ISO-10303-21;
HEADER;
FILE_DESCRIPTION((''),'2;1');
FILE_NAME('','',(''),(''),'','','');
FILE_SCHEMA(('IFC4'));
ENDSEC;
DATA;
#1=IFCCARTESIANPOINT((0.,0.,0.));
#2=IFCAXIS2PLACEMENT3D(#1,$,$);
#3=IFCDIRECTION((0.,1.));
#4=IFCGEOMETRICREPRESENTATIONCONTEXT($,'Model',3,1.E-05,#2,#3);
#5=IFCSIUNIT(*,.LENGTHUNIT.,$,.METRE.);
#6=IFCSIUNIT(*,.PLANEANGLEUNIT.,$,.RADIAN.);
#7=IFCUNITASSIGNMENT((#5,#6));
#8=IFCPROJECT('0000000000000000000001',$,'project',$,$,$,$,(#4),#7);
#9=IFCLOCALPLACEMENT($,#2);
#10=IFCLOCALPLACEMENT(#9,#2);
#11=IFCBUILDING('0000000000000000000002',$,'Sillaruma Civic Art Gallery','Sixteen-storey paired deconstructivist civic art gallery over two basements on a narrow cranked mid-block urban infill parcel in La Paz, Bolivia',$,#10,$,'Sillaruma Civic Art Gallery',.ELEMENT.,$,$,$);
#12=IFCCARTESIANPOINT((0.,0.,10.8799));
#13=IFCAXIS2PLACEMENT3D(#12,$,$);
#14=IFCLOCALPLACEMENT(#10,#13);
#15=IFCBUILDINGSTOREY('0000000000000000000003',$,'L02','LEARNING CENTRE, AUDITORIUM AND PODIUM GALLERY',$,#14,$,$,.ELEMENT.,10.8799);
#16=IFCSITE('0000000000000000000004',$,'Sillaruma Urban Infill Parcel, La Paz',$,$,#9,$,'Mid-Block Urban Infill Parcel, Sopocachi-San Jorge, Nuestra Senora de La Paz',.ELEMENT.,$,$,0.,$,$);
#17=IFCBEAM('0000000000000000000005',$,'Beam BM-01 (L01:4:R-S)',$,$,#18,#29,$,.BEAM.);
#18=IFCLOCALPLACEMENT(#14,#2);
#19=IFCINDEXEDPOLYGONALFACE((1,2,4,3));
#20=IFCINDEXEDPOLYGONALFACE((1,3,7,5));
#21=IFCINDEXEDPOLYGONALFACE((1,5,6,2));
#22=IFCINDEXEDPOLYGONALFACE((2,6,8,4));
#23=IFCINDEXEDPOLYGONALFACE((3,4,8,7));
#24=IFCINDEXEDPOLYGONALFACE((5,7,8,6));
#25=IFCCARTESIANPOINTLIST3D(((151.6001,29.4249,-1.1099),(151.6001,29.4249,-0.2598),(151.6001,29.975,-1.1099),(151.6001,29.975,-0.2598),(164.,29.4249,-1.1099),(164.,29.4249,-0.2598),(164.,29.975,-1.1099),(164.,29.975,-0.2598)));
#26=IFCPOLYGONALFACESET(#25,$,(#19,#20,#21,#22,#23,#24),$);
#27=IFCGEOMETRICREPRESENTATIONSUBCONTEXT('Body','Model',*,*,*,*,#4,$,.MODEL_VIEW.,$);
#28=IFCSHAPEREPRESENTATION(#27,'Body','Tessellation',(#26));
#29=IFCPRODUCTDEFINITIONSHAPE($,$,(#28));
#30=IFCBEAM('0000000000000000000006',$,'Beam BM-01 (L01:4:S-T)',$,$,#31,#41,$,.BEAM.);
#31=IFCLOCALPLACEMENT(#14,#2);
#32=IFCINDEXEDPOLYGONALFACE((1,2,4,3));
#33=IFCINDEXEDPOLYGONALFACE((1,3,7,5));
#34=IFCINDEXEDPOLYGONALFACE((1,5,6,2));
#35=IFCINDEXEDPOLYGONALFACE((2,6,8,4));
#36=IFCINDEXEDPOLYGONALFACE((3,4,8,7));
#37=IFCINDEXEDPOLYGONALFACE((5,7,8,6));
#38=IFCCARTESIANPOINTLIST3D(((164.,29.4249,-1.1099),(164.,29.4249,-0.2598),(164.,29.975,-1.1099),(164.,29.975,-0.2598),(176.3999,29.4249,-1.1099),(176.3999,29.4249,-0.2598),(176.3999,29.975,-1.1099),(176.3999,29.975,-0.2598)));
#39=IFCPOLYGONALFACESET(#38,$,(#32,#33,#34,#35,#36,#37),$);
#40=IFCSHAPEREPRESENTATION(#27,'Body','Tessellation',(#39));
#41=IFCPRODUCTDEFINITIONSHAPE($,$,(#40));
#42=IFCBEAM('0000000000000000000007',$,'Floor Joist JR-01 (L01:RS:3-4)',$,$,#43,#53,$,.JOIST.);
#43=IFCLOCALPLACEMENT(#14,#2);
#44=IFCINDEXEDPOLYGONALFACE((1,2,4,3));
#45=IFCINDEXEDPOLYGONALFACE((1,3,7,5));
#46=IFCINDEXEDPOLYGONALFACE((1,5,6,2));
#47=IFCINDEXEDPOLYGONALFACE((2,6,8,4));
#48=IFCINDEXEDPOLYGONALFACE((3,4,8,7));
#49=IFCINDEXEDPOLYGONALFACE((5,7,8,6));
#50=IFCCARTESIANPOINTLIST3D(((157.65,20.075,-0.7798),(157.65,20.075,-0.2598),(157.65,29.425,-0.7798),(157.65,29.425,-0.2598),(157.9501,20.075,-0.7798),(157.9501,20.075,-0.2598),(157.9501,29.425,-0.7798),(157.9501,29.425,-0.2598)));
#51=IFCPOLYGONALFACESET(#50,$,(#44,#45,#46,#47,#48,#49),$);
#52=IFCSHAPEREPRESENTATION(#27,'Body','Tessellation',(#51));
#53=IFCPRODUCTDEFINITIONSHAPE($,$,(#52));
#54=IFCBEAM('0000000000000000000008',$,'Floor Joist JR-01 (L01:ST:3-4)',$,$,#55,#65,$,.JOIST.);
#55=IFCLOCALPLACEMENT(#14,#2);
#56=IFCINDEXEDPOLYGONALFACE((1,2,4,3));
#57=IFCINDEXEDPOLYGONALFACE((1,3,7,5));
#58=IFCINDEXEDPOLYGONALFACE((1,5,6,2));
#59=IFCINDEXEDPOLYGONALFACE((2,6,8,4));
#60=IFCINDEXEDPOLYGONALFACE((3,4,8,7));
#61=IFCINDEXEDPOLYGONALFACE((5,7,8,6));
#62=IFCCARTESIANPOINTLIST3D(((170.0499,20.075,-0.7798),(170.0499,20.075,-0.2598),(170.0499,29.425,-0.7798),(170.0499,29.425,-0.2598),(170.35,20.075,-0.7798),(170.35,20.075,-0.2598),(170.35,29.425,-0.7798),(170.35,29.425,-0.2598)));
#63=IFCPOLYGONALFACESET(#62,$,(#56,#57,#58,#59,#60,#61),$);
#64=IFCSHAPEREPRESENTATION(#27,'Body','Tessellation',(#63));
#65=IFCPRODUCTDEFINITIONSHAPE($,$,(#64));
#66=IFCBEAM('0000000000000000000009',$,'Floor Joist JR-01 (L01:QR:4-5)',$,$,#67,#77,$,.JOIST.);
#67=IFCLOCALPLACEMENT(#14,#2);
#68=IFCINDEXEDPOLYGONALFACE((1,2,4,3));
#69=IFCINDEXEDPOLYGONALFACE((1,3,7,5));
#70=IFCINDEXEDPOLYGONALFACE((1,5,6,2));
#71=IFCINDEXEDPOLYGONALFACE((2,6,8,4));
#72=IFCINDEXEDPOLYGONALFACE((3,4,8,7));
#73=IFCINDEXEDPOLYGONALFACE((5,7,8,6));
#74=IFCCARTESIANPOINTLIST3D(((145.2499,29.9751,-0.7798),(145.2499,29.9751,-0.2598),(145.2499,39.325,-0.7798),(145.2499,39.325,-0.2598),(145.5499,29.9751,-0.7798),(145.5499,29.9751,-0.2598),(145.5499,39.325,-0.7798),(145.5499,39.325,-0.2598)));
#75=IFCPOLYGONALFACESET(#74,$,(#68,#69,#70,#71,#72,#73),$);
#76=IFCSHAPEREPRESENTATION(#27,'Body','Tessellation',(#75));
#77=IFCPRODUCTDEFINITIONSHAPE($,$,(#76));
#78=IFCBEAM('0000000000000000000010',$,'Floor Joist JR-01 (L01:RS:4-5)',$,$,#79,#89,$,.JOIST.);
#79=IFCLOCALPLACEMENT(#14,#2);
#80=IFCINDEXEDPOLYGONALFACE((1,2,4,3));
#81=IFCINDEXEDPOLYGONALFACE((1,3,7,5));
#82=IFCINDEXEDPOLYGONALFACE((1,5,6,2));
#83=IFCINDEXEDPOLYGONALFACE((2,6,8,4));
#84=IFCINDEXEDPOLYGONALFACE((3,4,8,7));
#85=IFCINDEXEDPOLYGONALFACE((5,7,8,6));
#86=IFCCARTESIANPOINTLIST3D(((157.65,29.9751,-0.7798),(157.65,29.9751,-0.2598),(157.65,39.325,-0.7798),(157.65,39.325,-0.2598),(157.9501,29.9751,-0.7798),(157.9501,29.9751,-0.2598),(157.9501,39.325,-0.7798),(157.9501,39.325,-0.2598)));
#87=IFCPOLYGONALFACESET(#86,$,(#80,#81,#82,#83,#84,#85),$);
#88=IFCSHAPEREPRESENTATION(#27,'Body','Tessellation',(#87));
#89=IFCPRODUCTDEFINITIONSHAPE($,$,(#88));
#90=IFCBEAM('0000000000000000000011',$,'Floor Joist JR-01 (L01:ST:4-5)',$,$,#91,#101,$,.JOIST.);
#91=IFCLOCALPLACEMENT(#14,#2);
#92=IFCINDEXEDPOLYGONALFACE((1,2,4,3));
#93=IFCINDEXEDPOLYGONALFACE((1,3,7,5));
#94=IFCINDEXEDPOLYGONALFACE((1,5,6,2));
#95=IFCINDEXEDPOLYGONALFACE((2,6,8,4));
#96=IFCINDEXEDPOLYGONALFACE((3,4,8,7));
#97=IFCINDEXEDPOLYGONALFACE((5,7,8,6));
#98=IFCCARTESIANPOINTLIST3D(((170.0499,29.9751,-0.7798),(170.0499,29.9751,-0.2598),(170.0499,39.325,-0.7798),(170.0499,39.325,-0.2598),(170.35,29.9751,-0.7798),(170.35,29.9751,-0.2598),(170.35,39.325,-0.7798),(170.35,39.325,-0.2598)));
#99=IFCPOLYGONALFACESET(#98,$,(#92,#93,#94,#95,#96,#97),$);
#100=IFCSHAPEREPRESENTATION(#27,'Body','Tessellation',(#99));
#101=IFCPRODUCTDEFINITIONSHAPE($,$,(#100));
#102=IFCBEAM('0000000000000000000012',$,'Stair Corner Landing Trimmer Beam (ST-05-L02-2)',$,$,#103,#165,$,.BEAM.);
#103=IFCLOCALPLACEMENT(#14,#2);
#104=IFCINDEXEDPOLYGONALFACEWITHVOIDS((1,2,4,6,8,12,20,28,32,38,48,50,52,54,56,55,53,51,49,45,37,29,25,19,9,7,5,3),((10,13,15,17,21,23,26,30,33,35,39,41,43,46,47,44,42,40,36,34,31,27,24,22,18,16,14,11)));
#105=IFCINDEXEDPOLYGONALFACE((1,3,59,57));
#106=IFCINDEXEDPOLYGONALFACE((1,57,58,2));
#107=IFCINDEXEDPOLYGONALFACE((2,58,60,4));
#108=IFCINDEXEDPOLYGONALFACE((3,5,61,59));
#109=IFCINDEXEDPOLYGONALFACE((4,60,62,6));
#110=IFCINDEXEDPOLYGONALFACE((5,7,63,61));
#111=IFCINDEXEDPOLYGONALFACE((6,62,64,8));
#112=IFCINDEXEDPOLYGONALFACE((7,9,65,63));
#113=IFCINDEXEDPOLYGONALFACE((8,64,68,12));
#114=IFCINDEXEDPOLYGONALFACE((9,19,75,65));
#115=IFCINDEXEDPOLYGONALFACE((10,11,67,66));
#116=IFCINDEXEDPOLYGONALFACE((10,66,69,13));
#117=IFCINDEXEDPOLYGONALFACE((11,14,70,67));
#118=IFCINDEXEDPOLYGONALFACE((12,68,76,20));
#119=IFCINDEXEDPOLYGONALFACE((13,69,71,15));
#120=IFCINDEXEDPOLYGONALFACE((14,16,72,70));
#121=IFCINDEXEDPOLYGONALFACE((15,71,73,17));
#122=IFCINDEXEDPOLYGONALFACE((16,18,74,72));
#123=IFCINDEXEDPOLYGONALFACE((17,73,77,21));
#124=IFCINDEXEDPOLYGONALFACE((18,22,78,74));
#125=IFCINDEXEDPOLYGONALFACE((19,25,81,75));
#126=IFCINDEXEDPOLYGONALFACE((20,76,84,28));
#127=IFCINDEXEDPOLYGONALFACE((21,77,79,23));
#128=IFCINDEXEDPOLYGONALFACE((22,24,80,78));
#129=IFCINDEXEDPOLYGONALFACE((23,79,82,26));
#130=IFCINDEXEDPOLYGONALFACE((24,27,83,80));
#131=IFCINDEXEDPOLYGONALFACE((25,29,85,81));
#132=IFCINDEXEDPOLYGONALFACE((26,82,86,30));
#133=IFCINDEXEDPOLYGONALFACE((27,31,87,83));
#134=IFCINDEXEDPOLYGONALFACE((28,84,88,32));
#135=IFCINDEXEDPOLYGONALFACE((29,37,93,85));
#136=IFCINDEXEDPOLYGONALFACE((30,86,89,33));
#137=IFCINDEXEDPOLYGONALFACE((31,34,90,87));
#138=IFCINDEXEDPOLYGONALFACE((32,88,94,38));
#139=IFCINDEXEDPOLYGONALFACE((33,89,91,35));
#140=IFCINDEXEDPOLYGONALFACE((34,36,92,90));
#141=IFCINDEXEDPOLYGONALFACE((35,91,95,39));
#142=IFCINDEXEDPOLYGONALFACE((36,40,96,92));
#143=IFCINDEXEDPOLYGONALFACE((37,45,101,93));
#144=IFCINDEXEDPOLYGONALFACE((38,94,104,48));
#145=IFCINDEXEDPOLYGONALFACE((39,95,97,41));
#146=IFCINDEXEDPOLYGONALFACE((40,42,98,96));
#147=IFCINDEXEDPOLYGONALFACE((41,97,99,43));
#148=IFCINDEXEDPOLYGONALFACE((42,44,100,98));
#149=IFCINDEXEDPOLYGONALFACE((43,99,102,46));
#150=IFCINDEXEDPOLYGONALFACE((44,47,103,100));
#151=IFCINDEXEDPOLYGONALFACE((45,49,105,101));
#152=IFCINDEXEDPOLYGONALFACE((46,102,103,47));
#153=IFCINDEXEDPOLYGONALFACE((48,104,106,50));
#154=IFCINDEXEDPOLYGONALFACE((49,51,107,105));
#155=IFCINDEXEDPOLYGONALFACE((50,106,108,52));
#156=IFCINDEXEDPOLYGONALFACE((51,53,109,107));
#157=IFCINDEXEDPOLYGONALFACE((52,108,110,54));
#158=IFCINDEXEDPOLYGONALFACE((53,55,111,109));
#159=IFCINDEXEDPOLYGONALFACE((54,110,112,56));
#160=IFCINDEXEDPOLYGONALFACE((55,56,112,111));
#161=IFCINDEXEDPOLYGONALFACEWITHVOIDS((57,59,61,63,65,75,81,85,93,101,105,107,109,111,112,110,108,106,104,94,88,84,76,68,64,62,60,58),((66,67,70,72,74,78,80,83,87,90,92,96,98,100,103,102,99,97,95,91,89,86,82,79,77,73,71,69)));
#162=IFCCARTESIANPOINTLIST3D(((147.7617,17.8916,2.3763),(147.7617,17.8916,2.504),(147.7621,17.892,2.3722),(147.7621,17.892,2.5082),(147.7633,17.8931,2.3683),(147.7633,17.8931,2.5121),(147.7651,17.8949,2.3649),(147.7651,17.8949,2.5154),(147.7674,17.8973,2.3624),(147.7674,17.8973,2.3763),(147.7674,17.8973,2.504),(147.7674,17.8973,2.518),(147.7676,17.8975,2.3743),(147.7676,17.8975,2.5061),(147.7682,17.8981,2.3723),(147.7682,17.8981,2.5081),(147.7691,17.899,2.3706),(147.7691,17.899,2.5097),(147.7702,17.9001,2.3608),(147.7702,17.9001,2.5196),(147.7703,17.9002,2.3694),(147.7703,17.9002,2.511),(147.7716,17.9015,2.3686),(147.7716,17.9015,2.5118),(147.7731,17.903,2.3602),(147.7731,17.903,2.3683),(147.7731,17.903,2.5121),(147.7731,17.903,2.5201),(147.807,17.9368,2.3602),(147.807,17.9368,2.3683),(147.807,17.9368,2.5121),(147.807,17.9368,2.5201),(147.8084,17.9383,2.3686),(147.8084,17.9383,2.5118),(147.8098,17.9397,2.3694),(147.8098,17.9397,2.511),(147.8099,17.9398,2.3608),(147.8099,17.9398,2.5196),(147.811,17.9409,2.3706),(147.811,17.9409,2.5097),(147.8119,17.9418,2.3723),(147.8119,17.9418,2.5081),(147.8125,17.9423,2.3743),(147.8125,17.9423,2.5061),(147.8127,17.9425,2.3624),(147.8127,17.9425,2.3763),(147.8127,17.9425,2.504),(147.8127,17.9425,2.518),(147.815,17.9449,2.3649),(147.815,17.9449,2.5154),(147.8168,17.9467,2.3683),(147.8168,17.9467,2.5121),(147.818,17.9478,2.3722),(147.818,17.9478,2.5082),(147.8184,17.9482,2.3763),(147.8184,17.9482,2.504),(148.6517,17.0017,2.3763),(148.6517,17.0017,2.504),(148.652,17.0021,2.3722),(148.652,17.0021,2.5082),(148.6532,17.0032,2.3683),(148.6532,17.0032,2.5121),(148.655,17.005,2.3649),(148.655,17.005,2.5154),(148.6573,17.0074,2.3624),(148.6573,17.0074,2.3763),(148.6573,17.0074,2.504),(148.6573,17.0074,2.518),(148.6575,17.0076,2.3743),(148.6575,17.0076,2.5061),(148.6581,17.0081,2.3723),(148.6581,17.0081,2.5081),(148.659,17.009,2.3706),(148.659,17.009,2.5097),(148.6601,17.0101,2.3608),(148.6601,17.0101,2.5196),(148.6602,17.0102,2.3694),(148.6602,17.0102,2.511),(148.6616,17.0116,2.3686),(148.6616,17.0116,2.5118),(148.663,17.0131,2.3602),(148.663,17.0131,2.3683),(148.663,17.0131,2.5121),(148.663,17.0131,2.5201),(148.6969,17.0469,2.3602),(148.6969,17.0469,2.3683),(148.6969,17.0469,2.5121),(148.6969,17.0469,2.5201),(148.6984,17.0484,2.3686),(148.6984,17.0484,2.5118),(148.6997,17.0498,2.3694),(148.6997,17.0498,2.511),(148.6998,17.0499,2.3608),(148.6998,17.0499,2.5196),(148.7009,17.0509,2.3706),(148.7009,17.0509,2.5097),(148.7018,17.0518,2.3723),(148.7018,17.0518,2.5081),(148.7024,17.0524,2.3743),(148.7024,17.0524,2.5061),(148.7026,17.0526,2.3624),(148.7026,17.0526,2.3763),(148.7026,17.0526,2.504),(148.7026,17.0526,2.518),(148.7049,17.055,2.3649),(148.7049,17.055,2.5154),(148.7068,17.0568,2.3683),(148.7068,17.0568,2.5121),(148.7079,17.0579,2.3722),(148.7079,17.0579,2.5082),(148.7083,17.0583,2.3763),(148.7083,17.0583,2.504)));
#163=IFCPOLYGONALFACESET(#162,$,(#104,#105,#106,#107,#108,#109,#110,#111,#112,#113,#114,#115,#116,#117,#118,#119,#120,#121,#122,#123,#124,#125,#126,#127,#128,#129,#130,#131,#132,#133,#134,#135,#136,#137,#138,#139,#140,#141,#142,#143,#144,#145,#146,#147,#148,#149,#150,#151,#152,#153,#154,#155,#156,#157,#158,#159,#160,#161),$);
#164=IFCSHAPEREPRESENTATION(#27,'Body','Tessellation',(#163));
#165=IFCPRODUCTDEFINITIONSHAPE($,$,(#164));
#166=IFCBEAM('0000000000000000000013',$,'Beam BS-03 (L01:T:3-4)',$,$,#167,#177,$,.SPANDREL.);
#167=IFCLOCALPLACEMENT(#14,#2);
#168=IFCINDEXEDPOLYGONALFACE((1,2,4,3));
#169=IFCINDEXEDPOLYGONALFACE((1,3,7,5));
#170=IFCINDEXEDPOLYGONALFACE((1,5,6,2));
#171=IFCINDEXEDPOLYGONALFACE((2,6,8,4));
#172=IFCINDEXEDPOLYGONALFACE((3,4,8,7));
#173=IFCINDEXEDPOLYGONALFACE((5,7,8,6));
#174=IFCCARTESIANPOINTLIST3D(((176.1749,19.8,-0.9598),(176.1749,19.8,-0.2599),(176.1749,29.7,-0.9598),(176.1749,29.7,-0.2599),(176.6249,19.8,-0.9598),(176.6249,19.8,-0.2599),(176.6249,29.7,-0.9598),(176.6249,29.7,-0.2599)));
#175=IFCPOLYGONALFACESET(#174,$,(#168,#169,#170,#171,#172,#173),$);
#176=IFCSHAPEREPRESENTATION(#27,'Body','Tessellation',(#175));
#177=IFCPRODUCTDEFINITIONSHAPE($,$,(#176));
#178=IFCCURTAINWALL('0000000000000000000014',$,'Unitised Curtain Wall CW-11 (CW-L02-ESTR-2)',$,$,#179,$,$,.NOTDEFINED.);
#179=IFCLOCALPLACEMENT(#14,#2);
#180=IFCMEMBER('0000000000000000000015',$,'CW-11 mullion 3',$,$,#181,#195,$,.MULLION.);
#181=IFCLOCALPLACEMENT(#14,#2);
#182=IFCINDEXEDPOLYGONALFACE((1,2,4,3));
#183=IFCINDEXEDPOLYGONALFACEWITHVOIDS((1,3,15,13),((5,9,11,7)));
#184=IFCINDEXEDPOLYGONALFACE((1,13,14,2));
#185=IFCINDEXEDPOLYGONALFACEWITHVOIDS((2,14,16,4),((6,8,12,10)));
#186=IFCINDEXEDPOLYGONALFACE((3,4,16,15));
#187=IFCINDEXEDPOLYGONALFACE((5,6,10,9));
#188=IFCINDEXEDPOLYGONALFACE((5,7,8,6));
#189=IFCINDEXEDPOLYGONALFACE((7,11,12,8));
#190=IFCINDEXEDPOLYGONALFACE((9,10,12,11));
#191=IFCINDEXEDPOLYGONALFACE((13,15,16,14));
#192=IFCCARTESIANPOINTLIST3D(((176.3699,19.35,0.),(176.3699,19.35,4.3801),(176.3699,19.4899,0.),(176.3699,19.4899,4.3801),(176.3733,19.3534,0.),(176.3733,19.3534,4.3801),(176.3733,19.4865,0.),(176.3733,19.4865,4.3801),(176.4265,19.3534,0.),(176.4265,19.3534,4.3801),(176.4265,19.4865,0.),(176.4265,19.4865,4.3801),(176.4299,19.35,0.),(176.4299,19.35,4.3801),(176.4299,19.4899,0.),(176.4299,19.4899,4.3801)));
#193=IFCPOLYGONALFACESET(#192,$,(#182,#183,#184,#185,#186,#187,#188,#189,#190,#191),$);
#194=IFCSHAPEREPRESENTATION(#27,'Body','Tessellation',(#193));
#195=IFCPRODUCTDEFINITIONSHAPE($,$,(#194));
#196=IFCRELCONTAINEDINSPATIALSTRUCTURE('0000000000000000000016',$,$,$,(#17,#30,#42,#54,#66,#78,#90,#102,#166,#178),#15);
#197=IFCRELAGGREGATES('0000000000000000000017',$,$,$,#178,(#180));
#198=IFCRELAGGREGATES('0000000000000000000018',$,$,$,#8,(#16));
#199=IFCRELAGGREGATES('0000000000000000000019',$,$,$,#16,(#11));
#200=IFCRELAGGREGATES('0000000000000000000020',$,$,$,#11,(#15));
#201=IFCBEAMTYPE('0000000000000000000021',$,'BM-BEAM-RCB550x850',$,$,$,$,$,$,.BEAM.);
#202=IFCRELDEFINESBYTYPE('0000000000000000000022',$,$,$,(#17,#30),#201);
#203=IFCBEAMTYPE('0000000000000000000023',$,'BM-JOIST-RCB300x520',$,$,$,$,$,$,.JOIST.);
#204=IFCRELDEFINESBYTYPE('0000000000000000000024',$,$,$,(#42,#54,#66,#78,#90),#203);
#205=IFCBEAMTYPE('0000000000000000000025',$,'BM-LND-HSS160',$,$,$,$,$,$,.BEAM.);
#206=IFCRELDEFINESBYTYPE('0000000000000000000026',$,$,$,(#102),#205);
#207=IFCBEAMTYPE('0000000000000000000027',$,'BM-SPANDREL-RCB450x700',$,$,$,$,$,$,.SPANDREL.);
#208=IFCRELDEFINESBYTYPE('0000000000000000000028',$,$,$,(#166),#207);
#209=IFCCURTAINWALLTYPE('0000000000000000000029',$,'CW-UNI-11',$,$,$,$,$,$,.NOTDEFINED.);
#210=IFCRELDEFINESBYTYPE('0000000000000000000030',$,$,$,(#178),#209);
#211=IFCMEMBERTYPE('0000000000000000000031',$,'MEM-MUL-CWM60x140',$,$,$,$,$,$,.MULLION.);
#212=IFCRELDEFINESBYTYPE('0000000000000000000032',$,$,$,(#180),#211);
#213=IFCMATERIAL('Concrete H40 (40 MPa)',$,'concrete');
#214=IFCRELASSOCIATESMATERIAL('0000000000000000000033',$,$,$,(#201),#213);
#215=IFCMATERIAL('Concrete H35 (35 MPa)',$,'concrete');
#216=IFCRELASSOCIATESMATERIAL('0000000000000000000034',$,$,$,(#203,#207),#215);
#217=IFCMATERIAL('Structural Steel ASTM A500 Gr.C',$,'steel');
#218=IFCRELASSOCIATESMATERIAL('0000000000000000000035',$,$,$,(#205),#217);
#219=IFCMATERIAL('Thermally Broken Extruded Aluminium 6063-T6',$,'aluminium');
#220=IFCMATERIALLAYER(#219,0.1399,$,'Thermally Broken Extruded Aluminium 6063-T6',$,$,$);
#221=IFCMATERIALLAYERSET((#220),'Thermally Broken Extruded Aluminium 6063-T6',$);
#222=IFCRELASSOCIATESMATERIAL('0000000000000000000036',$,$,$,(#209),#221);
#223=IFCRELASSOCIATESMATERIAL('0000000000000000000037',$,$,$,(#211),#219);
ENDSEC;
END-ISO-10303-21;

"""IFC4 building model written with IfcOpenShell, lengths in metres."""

from ifc_helpers import new_model, si_unit, direction, frame, origin, origin_2d, place, context, subcontext, project, spatial, rectangle, hollow_rectangle, extrude, material, layer, layer_set, material_profile, profile_set, type_object, element, aggregate, save


model = new_model("IFC4")

# Units and contexts
model_context = context("Model", 3, precision=1e-05, world=origin(), true_north=direction((0.0, 1.0)))
body_context = subcontext(model_context, "Body", "Model", "MODEL_VIEW")
ifc_project = project(units=[si_unit("LENGTHUNIT", "METRE"), si_unit("PLANEANGLEUNIT", "RADIAN")], contexts=[model_context])

# Site, building, storey
site_placement = place(None, origin())
site = spatial("IfcSite", under=ifc_project, at=site_placement, Name="Sillaruma Urban Infill Parcel, La Paz", LongName="Mid-Block Urban Infill Parcel, Sopocachi-San Jorge, Nuestra Senora de La Paz", CompositionType="ELEMENT", RefElevation=0.0)
building_placement = place(site_placement, origin())
building = spatial("IfcBuilding", under=site, at=building_placement, Name="Sillaruma Civic Art Gallery", Description="Sixteen-storey paired deconstructivist civic art gallery over two basements on a narrow cranked mid-block urban infill parcel in La Paz, Bolivia", LongName="Sillaruma Civic Art Gallery", CompositionType="ELEMENT")
storey_placement = place(building_placement, frame((0.0, 0.0, 10.8799)))
storey = spatial("IfcBuildingStorey", under=building, at=storey_placement, Name="L02", Description="LEARNING CENTRE, AUDITORIUM AND PODIUM GALLERY", CompositionType="ELEMENT", Elevation=10.8799)

# Shared definitions
ifc_material_1 = material(Name="Concrete H40 (40 MPa)", Category="concrete")

# Beams
ifc_material_profile_1 = material_profile(ifc_material_1, rectangle(XDim=0.55, YDim=0.8501, at=origin_2d()), Name="RCB550x850")
ifc_profile_set_1 = profile_set([ifc_material_profile_1], Name="Concrete H40 (40 MPa)")
beam_type_1 = type_object("IfcBeamType", Name="BM-BEAM-RCB550x850", PredefinedType="BEAM", material=ifc_profile_set_1)
for number, where, z_axis, x_axis, name in (
    (1, (151.6001, 29.7, -0.6848), (1.0, 0.0, 0.0), (0.0, 1.0, 0.0), "Beam BM-01 (L01:4:R-S)"),
    (2, (164.0, 29.7, -0.6848), (1.0, 0.0, 0.0), (0.0, 1.0, 0.0), "Beam BM-01 (L01:4:S-T)"),
):
    element("IfcBeam", number, at=place(storey_placement, frame(where, z_axis=z_axis, x_axis=x_axis)), inside=storey, type_object=beam_type_1, Name=name, PredefinedType="BEAM", context=body_context, shape_type="SweptSolid", body=[
        extrude(rectangle(XDim=0.55, YDim=0.8501, at=origin_2d()), origin(), (0.0, 0.0, 1.0), 12.3999),
    ])
ifc_material_2 = material(Name="Concrete H35 (35 MPa)", Category="concrete")
ifc_material_profile_2 = material_profile(ifc_material_2, rectangle(XDim=0.3, YDim=0.52, at=origin_2d()), Name="RCB300x520")
ifc_profile_set_2 = profile_set([ifc_material_profile_2], Name="Concrete H35 (35 MPa)")
beam_type_2 = type_object("IfcBeamType", Name="BM-JOIST-RCB300x520", PredefinedType="JOIST", material=ifc_profile_set_2)
for number, where, z_axis, x_axis, name in (
    (3, (157.8, 20.075, -0.5198), (0.0, 1.0, 0.0), (-1.0, 0.0, 0.0), "Floor Joist JR-01 (L01:RS:3-4)"),
    (4, (170.2, 20.075, -0.5198), (0.0, 1.0, 0.0), (-1.0, 0.0, 0.0), "Floor Joist JR-01 (L01:ST:3-4)"),
):
    element("IfcBeam", number, at=place(storey_placement, frame(where, z_axis=z_axis, x_axis=x_axis)), inside=storey, type_object=beam_type_2, Name=name, PredefinedType="JOIST", context=body_context, shape_type="SweptSolid", body=[
        extrude(rectangle(XDim=0.3, YDim=0.52, at=origin_2d()), origin(), (0.0, 0.0, 1.0), 9.3501),
    ])
for number, where, z_axis, x_axis, name in (
    (5, (145.3999, 29.9751, -0.5198), (0.0, 1.0, 0.0), (-1.0, 0.0, 0.0), "Floor Joist JR-01 (L01:QR:4-5)"),
    (6, (157.8, 29.9751, -0.5198), (0.0, 1.0, 0.0), (-1.0, 0.0, 0.0), "Floor Joist JR-01 (L01:RS:4-5)"),
    (7, (170.2, 29.9751, -0.5198), (0.0, 1.0, 0.0), (-1.0, 0.0, 0.0), "Floor Joist JR-01 (L01:ST:4-5)"),
):
    element("IfcBeam", number, at=place(storey_placement, frame(where, z_axis=z_axis, x_axis=x_axis)), inside=storey, type_object=beam_type_2, Name=name, PredefinedType="JOIST", context=body_context, shape_type="SweptSolid", body=[
        extrude(rectangle(XDim=0.3, YDim=0.52, at=origin_2d()), origin(), (0.0, 0.0, 1.0), 9.3499),
    ])
ifc_material_3 = material(Name="Structural Steel ASTM A500 Gr.C", Category="steel")
ifc_material_profile_3 = material_profile(ifc_material_3, hollow_rectangle(XDim=0.0801, YDim=0.1599, WallThickness=0.0081, InnerFilletRadius=0.0081, OuterFilletRadius=0.0161, at=origin_2d()), Name="HSS160x80x8")
ifc_profile_set_3 = profile_set([ifc_material_profile_3], Name="Structural Steel ASTM A500 Gr.C")
beam_type_3 = type_object("IfcBeamType", Name="BM-LND-HSS160", PredefinedType="BEAM", material=ifc_profile_set_3)
beam_1_placement = place(storey_placement, frame((147.79, 17.9199, 2.4402), z_axis=(0.707107, -0.707107, 0.0), x_axis=(0.707107, 0.707107, 0.0)))
element("IfcBeam", 8, at=beam_1_placement, inside=storey, type_object=beam_type_3, Name="Stair Corner Landing Trimmer Beam (ST-05-L02-2)", PredefinedType="BEAM", context=body_context, shape_type="SweptSolid", body=[
    extrude(hollow_rectangle(XDim=0.0801, YDim=0.1599, WallThickness=0.0081, InnerFilletRadius=0.0081, OuterFilletRadius=0.0161, at=origin_2d()), origin(), (0.0, 0.0, 1.0), 1.2585),
])
ifc_material_profile_4 = material_profile(ifc_material_2, rectangle(XDim=0.45, YDim=0.7, at=origin_2d()), Name="RCB450x700")
ifc_profile_set_4 = profile_set([ifc_material_profile_4], Name="Concrete H35 (35 MPa)")
beam_type_4 = type_object("IfcBeamType", Name="BM-SPANDREL-RCB450x700", PredefinedType="SPANDREL", material=ifc_profile_set_4)
beam_2_placement = place(storey_placement, frame((176.3999, 19.8, -0.6099), z_axis=(0.0, 1.0, 0.0), x_axis=(-1.0, 0.0, 0.0)))
element("IfcBeam", 9, at=beam_2_placement, inside=storey, type_object=beam_type_4, Name="Beam BS-03 (L01:T:3-4)", PredefinedType="SPANDREL", context=body_context, shape_type="SweptSolid", body=[
    extrude(rectangle(XDim=0.45, YDim=0.7, at=origin_2d()), origin(), (0.0, 0.0, 1.0), 9.8999),
])

# Curtain wall, member
ifc_material_4 = material(Name="Thermally Broken Extruded Aluminium 6063-T6", Category="aluminium")
ifc_layer_1 = layer(ifc_material_4, 0.1399, Name="Thermally Broken Extruded Aluminium 6063-T6")
ifc_layer_set_1 = layer_set([ifc_layer_1], Name="Thermally Broken Extruded Aluminium 6063-T6")
curtain_wall_type_1 = type_object("IfcCurtainWallType", Name="CW-UNI-11", PredefinedType="NOTDEFINED", material=ifc_layer_set_1)
curtain_wall_1_placement = place(storey_placement, origin())
curtain_wall_1 = element("IfcCurtainWall", 10, at=curtain_wall_1_placement, inside=storey, type_object=curtain_wall_type_1, Name="Unitised Curtain Wall CW-11 (CW-L02-ESTR-2)", PredefinedType="NOTDEFINED")
ifc_material_profile_5 = material_profile(ifc_material_4, hollow_rectangle(XDim=0.0601, YDim=0.1399, WallThickness=0.0034, at=origin_2d()), Name="CWM60x140")
ifc_profile_set_5 = profile_set([ifc_material_profile_5], Name="Thermally Broken Extruded Aluminium 6063-T6")
member_type_1 = type_object("IfcMemberType", Name="MEM-MUL-CWM60x140", PredefinedType="MULLION", material=ifc_profile_set_5)
member_1_placement = place(storey_placement, frame((176.3999, 19.4199, 0.0), z_axis=(0.0, 0.0, 1.0), x_axis=(-1.0, 0.0, 0.0)))
member_1 = element("IfcMember", 11, at=member_1_placement, type_object=member_type_1, Name="CW-11 mullion 3", PredefinedType="MULLION", context=body_context, shape_type="SweptSolid", body=[
    extrude(hollow_rectangle(XDim=0.0601, YDim=0.1399, WallThickness=0.0034, at=origin_2d()), origin(), (0.0, 0.0, 1.0), 4.3801),
])

aggregate(curtain_wall_1, [member_1])

save(model, "model.ifc")
